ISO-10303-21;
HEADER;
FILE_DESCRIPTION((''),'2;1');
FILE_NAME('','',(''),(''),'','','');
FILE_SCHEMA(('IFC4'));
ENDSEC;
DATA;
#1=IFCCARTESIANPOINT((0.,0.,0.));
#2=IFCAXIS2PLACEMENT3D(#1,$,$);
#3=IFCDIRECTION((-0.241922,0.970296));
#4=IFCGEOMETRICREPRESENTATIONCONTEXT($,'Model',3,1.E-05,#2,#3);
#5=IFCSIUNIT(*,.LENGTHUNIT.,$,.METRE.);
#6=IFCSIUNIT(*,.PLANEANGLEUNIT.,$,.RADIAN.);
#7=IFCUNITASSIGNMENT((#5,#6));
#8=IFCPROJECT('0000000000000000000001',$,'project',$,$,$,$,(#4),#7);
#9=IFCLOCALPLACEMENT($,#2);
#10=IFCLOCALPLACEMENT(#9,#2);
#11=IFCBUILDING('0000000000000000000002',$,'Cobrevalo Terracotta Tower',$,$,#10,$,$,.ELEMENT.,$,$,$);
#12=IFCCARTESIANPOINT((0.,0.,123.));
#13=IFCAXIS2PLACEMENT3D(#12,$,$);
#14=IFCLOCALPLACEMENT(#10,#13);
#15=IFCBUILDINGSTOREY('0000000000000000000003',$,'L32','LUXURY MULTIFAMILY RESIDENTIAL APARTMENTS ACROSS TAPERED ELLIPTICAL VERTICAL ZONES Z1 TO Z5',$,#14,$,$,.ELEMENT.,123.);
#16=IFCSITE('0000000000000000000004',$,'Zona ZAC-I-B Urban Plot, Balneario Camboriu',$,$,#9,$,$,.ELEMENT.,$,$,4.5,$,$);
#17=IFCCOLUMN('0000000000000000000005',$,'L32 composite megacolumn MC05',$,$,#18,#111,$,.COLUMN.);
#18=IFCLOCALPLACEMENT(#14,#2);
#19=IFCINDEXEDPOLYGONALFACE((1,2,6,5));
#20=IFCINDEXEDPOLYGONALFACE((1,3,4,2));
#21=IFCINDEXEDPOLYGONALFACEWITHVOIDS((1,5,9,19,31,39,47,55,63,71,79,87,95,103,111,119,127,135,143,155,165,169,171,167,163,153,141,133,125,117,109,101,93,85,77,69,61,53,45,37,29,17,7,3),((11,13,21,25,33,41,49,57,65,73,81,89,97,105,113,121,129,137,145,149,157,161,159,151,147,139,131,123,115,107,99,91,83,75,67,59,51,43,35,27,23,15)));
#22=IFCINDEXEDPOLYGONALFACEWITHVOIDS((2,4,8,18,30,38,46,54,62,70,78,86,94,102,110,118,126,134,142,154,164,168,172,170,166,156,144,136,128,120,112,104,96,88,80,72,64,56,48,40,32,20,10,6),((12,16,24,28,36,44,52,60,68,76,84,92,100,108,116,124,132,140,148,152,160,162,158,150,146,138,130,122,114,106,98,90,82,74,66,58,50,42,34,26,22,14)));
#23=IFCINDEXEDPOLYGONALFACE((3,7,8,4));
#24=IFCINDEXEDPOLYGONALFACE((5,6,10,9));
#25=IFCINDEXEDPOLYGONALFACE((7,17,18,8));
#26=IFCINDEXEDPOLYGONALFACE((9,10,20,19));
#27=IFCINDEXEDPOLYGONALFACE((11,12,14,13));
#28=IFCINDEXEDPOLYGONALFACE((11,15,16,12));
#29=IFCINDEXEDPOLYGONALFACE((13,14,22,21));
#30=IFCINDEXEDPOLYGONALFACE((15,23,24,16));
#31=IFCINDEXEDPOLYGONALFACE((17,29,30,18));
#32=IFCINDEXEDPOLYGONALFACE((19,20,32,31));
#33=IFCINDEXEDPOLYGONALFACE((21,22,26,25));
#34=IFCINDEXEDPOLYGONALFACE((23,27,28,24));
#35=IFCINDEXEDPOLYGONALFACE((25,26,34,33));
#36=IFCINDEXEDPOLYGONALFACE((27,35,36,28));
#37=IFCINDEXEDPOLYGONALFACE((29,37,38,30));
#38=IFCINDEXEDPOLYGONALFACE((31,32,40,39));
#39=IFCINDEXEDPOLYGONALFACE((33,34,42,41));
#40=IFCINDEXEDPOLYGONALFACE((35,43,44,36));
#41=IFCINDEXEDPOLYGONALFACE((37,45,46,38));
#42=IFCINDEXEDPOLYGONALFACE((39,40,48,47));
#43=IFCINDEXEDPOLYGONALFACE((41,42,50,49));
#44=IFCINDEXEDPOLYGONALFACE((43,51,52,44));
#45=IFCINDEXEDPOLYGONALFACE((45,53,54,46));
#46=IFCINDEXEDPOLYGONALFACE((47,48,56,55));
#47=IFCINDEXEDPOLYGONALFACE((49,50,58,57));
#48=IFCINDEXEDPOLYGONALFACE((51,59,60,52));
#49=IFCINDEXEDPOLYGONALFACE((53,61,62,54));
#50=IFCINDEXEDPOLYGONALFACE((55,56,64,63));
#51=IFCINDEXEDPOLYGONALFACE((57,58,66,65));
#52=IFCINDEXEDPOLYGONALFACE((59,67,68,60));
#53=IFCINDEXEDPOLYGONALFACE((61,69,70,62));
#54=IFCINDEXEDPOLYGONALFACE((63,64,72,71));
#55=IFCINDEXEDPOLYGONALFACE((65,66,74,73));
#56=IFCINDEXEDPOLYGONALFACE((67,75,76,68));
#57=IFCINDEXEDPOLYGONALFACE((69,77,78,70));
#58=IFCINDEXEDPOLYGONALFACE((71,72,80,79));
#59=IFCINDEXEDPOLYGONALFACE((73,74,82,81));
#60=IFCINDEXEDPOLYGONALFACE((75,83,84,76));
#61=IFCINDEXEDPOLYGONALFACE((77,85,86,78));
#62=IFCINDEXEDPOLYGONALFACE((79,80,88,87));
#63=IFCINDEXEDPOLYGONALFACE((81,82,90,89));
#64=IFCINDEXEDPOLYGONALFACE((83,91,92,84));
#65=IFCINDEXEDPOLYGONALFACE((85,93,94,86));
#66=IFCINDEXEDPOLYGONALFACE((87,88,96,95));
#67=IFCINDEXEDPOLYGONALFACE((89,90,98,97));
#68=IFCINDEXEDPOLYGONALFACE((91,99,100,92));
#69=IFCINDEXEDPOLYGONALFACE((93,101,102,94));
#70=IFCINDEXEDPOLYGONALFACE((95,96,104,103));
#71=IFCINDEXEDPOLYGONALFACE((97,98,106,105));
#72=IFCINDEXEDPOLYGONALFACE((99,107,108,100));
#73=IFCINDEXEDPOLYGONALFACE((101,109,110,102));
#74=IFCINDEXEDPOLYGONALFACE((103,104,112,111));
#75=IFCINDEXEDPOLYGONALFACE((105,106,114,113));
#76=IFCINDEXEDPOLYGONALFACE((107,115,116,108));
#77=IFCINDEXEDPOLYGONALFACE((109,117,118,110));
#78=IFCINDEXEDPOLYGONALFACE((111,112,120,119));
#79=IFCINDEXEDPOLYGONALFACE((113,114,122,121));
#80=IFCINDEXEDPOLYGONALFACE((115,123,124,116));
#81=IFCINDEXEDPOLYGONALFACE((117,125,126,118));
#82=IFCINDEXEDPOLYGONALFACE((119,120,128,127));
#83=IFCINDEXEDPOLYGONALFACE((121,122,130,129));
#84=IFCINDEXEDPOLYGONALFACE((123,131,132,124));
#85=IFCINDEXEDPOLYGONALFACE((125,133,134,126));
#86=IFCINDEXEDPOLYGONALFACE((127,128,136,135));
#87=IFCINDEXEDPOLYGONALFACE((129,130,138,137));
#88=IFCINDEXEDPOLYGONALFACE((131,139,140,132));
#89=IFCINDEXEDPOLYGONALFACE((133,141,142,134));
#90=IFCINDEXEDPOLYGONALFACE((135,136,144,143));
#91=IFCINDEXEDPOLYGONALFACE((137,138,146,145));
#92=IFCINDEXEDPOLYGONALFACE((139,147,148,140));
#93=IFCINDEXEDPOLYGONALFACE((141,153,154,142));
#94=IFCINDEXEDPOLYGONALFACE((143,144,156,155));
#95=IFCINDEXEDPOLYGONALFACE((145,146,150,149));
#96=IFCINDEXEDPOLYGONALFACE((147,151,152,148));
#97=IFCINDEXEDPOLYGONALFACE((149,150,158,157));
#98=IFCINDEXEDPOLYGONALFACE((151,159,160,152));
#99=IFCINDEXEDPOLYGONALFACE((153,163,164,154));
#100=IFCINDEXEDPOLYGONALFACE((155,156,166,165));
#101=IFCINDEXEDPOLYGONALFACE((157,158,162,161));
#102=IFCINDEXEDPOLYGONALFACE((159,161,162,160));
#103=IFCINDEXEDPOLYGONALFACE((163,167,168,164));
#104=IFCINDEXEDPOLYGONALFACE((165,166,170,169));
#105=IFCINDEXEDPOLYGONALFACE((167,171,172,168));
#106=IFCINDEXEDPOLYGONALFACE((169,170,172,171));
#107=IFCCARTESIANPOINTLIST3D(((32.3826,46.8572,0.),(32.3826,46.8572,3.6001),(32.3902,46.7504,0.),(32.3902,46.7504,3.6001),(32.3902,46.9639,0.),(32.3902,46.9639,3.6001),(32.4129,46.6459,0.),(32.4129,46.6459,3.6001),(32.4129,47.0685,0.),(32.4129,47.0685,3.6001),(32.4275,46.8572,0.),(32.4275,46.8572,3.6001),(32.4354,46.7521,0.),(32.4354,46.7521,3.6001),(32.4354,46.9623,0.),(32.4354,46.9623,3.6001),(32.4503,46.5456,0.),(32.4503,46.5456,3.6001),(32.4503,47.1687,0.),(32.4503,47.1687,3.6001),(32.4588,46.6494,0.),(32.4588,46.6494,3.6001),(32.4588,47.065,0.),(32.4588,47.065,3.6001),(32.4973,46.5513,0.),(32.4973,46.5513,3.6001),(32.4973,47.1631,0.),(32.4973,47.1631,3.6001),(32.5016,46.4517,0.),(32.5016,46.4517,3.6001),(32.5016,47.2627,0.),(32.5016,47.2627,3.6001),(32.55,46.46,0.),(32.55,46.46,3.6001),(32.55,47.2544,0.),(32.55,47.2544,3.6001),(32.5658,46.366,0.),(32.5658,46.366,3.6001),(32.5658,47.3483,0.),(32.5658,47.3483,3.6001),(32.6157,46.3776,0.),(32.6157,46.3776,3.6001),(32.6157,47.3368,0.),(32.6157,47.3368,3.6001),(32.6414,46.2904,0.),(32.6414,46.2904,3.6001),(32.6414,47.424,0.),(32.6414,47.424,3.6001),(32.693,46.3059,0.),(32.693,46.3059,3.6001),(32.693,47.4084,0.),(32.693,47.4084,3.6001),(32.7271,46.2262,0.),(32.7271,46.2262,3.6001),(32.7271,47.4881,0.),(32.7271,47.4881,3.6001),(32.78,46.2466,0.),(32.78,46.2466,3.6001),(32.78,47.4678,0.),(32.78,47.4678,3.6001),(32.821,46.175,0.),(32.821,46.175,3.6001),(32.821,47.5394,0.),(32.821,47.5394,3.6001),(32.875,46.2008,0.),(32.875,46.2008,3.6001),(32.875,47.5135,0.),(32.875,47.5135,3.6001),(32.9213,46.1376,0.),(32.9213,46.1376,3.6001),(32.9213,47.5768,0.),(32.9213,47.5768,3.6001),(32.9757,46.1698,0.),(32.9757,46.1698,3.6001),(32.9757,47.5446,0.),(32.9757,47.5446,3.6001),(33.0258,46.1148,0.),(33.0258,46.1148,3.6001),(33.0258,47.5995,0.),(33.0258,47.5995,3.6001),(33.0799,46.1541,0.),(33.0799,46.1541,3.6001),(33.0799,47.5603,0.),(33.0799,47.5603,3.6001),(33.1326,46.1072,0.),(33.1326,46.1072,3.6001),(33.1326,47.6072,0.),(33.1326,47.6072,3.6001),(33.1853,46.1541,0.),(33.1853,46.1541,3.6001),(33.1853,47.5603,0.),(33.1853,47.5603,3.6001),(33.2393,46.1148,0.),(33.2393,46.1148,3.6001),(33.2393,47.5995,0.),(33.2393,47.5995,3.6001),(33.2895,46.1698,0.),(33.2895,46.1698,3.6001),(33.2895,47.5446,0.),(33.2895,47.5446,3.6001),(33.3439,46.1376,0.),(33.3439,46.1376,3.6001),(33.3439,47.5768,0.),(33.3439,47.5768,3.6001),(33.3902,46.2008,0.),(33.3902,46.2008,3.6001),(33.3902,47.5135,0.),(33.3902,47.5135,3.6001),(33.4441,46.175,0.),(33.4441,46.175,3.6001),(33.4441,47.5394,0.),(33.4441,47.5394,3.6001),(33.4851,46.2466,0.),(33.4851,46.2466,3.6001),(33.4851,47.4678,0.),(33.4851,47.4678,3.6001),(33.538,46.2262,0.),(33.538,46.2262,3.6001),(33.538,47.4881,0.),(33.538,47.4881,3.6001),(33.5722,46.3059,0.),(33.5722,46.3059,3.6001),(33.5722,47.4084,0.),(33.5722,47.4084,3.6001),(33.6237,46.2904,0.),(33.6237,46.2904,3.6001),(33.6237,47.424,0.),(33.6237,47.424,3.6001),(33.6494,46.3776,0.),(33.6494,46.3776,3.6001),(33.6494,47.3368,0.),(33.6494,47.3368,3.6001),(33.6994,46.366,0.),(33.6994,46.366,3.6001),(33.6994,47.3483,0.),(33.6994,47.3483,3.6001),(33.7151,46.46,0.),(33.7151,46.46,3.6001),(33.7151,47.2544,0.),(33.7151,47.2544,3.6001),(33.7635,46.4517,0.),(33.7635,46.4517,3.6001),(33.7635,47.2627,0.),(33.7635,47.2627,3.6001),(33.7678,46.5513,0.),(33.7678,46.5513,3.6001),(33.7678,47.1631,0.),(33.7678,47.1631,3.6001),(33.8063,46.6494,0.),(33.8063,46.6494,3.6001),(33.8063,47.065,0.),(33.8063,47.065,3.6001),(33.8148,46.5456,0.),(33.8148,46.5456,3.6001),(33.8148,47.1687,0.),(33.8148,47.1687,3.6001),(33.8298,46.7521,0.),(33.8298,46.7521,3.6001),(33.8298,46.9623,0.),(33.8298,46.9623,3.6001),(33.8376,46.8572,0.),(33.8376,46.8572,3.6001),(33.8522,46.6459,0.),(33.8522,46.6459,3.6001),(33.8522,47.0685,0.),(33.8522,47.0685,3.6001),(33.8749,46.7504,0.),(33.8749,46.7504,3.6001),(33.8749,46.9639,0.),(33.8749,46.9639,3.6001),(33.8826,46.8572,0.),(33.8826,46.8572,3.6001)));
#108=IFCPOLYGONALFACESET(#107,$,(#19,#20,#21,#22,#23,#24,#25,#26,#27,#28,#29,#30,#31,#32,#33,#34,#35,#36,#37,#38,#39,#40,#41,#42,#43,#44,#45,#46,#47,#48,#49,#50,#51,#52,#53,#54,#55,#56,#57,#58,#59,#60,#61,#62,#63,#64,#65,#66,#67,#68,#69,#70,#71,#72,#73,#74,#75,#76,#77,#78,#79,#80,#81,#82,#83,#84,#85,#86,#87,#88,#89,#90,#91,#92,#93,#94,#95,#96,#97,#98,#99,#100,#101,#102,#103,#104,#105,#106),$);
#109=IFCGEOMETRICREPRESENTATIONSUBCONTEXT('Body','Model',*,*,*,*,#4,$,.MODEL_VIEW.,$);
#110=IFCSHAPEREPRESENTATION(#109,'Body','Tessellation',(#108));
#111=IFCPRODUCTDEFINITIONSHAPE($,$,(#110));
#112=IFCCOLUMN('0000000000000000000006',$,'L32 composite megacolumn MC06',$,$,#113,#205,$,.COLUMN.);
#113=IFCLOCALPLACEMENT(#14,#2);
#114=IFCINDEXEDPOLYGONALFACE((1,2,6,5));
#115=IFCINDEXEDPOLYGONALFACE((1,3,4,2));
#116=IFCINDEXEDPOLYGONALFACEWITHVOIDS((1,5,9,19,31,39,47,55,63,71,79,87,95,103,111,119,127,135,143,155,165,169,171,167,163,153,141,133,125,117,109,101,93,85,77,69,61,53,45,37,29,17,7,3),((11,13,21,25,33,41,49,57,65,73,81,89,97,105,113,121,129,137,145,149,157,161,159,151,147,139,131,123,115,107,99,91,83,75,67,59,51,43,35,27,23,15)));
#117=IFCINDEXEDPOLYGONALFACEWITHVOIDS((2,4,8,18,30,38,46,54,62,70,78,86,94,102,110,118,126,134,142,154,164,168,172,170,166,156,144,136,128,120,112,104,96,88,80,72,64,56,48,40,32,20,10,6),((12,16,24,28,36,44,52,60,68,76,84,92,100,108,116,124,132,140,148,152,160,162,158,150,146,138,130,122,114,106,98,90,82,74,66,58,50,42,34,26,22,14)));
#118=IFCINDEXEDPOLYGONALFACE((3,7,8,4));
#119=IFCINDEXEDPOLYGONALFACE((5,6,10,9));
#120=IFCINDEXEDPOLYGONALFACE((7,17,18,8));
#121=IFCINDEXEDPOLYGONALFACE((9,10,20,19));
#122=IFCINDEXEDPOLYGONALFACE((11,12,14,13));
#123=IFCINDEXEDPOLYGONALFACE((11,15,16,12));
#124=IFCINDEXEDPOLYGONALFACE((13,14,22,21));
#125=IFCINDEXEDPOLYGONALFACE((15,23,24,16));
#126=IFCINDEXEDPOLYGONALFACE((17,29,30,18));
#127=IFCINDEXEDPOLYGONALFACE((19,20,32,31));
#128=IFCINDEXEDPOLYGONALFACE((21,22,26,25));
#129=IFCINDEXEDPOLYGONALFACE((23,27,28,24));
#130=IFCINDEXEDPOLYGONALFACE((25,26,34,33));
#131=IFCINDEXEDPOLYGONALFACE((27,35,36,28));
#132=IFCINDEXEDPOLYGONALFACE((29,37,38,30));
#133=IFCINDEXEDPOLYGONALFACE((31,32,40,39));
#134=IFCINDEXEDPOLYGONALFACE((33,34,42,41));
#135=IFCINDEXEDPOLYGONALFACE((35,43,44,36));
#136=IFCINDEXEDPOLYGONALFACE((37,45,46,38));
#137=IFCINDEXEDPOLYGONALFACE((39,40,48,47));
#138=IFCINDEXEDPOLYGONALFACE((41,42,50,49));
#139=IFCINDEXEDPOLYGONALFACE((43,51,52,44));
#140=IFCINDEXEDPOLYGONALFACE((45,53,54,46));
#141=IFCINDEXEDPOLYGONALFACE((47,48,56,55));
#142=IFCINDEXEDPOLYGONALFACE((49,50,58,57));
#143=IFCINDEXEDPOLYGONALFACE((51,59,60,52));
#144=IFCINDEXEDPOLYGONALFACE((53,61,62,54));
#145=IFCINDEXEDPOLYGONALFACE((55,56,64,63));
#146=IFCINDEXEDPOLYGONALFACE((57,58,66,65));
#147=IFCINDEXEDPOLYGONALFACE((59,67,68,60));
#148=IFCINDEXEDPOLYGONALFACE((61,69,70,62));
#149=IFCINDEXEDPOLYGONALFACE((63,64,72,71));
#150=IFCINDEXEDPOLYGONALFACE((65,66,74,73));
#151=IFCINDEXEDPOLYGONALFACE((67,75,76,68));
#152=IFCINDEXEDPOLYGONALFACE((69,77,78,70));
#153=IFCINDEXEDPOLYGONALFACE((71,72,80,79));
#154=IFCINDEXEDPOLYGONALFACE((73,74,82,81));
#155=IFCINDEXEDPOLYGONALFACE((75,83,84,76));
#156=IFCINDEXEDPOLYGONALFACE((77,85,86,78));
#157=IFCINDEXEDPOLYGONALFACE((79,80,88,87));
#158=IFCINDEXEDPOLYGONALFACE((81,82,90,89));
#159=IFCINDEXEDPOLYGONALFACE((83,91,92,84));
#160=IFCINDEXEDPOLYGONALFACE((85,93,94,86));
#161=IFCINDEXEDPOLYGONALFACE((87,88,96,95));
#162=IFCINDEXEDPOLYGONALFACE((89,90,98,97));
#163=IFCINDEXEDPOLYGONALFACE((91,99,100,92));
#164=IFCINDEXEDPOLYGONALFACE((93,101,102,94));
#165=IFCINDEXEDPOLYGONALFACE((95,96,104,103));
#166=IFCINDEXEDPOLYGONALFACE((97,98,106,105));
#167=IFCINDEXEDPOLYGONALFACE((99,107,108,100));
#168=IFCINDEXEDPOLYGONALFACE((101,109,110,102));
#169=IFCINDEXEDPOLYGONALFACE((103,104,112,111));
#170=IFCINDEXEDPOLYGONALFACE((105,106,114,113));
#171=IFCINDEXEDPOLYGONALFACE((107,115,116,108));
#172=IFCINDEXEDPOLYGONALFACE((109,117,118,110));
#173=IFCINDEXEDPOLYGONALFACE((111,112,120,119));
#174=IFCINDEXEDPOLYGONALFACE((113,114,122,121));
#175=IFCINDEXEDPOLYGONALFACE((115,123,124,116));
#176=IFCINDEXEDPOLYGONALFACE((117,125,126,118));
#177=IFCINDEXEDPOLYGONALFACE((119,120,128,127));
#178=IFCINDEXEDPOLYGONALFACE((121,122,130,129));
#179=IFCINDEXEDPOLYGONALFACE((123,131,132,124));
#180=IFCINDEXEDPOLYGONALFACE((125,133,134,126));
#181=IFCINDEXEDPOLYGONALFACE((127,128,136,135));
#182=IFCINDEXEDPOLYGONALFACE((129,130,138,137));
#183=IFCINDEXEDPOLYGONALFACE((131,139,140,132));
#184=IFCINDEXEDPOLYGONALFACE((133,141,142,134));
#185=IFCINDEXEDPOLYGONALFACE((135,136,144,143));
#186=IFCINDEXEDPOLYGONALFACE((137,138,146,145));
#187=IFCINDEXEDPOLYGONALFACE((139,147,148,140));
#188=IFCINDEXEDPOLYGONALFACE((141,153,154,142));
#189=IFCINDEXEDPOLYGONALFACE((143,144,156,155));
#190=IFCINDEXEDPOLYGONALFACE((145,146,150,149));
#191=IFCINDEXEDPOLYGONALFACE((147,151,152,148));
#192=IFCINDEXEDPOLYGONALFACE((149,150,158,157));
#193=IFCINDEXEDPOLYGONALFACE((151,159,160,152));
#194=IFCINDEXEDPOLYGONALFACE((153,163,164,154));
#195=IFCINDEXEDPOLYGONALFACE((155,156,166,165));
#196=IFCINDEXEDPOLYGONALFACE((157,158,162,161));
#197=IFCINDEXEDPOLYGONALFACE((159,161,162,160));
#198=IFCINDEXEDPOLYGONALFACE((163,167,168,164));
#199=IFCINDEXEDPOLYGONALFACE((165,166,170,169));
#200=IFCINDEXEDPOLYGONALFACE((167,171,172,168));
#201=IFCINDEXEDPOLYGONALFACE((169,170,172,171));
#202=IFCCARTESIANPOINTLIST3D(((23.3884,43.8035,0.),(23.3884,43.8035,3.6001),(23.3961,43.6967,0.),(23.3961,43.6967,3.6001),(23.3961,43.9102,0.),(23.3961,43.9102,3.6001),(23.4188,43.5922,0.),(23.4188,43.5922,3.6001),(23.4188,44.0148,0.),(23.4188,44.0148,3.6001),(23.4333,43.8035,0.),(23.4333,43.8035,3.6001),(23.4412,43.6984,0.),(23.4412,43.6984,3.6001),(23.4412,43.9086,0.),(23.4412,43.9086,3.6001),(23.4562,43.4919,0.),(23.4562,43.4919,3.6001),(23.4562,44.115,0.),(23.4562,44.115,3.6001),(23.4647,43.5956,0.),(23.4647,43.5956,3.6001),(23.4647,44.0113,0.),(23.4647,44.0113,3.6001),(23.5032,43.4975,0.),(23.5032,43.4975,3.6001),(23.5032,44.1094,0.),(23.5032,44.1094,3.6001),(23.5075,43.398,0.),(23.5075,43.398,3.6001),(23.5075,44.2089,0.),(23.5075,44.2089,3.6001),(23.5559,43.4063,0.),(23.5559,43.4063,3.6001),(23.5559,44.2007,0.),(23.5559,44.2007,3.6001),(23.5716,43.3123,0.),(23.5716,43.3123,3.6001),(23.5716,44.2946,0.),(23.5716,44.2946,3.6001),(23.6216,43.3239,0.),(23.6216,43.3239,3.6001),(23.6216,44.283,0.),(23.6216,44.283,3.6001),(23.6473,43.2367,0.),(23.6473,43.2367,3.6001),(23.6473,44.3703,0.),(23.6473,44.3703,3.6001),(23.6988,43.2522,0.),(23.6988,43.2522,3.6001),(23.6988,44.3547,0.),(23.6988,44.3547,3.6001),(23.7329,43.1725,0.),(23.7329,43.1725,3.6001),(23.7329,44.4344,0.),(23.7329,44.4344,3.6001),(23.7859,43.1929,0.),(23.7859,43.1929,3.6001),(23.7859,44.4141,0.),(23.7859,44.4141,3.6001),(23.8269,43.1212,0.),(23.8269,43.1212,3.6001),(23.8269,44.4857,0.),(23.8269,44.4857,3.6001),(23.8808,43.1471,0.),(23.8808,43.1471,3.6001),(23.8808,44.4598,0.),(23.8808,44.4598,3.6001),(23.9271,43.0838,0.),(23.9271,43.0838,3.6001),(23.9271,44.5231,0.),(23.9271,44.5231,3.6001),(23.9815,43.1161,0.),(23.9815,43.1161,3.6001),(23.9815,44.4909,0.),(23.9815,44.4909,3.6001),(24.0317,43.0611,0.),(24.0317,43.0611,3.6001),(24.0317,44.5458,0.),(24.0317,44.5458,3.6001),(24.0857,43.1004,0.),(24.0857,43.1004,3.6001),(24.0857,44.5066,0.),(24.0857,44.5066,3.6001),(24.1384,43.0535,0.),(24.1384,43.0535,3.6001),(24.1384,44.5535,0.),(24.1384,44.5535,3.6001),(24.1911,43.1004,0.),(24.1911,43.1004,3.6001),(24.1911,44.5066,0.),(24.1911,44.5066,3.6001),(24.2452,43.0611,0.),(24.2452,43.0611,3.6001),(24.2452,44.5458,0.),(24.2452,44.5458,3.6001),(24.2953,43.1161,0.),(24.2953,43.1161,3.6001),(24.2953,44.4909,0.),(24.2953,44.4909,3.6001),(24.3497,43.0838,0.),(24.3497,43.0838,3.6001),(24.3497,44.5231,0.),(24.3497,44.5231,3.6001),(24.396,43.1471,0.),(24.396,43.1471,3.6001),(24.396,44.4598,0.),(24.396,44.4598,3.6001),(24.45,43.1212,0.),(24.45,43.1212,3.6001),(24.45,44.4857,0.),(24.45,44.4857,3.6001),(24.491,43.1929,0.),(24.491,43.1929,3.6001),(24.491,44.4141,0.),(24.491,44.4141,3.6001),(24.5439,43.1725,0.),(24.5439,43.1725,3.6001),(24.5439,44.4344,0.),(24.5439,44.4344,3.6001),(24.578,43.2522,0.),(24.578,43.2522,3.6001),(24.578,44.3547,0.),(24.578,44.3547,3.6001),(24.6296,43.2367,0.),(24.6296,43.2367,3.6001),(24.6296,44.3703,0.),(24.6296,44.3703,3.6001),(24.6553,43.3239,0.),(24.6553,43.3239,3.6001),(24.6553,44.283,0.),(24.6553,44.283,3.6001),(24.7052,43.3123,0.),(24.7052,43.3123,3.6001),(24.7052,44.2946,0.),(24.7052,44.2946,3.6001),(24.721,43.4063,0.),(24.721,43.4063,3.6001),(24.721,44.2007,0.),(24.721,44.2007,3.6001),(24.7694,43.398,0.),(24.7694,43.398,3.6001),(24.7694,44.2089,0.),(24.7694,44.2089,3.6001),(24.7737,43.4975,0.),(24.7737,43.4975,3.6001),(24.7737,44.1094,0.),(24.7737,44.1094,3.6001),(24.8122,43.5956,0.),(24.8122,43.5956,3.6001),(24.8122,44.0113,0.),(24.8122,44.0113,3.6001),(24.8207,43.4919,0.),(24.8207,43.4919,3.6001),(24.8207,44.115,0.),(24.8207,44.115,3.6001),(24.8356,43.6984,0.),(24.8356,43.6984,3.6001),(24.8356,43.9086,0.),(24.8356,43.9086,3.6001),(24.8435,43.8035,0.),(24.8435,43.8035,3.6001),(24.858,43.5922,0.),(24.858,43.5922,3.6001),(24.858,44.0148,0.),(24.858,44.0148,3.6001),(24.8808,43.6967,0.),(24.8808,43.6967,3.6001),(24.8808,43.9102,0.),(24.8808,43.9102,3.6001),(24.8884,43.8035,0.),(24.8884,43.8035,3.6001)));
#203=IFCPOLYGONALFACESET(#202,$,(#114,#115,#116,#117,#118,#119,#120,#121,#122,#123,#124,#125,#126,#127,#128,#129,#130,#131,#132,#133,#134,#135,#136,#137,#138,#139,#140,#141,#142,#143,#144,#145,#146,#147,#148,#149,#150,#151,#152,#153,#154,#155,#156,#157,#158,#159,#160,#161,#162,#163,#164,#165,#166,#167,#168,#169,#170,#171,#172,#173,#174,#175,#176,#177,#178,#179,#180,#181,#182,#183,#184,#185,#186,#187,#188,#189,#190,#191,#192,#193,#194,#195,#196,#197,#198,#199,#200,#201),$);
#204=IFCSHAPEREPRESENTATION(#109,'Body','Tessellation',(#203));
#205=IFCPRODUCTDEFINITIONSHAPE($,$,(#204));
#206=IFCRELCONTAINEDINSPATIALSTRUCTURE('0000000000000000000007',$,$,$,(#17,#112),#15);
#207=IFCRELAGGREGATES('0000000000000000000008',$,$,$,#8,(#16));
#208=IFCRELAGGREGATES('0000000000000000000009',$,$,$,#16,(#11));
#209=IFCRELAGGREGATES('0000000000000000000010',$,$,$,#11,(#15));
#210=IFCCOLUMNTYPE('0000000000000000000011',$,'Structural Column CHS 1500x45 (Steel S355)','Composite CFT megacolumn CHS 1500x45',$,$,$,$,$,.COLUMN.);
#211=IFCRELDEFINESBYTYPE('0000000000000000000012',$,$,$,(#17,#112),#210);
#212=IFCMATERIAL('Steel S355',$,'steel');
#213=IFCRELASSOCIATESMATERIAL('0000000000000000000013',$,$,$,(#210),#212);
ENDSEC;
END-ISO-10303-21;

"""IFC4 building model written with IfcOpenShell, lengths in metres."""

from ifc_helpers import new_model, si_unit, direction, frame, origin, origin_2d, place, context, subcontext, project, spatial, hollow_circle, extrude, material, material_profile, profile_set, type_object, element, save


model = new_model("IFC4")

# Units and contexts
model_context = context("Model", 3, precision=1e-05, world=origin(), true_north=direction((-0.241922, 0.970296)))
body_context = subcontext(model_context, "Body", "Model", "MODEL_VIEW")
ifc_project = project(units=[si_unit("LENGTHUNIT", "METRE"), si_unit("PLANEANGLEUNIT", "RADIAN")], contexts=[model_context])

# Site, building, storey
site_placement = place(None, origin())
site = spatial("IfcSite", under=ifc_project, at=site_placement, Name="Zona ZAC-I-B Urban Plot, Balneario Camboriu", CompositionType="ELEMENT", RefElevation=4.5)
building_placement = place(site_placement, origin())
building = spatial("IfcBuilding", under=site, at=building_placement, Name="Cobrevalo Terracotta Tower", CompositionType="ELEMENT")
storey_placement = place(building_placement, frame((0.0, 0.0, 123.0)))
storey = spatial("IfcBuildingStorey", under=building, at=storey_placement, Name="L32", Description="LUXURY MULTIFAMILY RESIDENTIAL APARTMENTS ACROSS TAPERED ELLIPTICAL VERTICAL ZONES Z1 TO Z5", CompositionType="ELEMENT", Elevation=123.0)

# Columns
ifc_material_1 = material(Name="Steel S355", Category="steel")
ifc_material_profile_1 = material_profile(ifc_material_1, hollow_circle(Radius=0.75, WallThickness=0.0449, at=origin_2d()), Name="CHS 1500x45")
ifc_profile_set_1 = profile_set([ifc_material_profile_1], Name="Steel S355")
column_type = type_object("IfcColumnType", Name="Structural Column CHS 1500x45 (Steel S355)", Description="Composite CFT megacolumn CHS 1500x45", PredefinedType="COLUMN", material=ifc_profile_set_1)
for number, where, z_axis, x_axis, name in (
    (1, (33.1326, 46.8572, 0.0), (0.0, 0.0, 1.0), (1.0, 0.0, 0.0), "L32 composite megacolumn MC05"),
    (2, (24.1384, 43.8035, 0.0), (0.0, 0.0, 1.0), (1.0, 0.0, 0.0), "L32 composite megacolumn MC06"),
):
    element("IfcColumn", number, at=place(storey_placement, frame(where, z_axis=z_axis, x_axis=x_axis)), inside=storey, type_object=column_type, Name=name, PredefinedType="COLUMN", context=body_context, shape_type="SweptSolid", body=[
        extrude(hollow_circle(Radius=0.75, WallThickness=0.0449, at=origin_2d()), origin(), (0.0, 0.0, 1.0), 3.6001),
    ])

save(model, "model.ifc")
